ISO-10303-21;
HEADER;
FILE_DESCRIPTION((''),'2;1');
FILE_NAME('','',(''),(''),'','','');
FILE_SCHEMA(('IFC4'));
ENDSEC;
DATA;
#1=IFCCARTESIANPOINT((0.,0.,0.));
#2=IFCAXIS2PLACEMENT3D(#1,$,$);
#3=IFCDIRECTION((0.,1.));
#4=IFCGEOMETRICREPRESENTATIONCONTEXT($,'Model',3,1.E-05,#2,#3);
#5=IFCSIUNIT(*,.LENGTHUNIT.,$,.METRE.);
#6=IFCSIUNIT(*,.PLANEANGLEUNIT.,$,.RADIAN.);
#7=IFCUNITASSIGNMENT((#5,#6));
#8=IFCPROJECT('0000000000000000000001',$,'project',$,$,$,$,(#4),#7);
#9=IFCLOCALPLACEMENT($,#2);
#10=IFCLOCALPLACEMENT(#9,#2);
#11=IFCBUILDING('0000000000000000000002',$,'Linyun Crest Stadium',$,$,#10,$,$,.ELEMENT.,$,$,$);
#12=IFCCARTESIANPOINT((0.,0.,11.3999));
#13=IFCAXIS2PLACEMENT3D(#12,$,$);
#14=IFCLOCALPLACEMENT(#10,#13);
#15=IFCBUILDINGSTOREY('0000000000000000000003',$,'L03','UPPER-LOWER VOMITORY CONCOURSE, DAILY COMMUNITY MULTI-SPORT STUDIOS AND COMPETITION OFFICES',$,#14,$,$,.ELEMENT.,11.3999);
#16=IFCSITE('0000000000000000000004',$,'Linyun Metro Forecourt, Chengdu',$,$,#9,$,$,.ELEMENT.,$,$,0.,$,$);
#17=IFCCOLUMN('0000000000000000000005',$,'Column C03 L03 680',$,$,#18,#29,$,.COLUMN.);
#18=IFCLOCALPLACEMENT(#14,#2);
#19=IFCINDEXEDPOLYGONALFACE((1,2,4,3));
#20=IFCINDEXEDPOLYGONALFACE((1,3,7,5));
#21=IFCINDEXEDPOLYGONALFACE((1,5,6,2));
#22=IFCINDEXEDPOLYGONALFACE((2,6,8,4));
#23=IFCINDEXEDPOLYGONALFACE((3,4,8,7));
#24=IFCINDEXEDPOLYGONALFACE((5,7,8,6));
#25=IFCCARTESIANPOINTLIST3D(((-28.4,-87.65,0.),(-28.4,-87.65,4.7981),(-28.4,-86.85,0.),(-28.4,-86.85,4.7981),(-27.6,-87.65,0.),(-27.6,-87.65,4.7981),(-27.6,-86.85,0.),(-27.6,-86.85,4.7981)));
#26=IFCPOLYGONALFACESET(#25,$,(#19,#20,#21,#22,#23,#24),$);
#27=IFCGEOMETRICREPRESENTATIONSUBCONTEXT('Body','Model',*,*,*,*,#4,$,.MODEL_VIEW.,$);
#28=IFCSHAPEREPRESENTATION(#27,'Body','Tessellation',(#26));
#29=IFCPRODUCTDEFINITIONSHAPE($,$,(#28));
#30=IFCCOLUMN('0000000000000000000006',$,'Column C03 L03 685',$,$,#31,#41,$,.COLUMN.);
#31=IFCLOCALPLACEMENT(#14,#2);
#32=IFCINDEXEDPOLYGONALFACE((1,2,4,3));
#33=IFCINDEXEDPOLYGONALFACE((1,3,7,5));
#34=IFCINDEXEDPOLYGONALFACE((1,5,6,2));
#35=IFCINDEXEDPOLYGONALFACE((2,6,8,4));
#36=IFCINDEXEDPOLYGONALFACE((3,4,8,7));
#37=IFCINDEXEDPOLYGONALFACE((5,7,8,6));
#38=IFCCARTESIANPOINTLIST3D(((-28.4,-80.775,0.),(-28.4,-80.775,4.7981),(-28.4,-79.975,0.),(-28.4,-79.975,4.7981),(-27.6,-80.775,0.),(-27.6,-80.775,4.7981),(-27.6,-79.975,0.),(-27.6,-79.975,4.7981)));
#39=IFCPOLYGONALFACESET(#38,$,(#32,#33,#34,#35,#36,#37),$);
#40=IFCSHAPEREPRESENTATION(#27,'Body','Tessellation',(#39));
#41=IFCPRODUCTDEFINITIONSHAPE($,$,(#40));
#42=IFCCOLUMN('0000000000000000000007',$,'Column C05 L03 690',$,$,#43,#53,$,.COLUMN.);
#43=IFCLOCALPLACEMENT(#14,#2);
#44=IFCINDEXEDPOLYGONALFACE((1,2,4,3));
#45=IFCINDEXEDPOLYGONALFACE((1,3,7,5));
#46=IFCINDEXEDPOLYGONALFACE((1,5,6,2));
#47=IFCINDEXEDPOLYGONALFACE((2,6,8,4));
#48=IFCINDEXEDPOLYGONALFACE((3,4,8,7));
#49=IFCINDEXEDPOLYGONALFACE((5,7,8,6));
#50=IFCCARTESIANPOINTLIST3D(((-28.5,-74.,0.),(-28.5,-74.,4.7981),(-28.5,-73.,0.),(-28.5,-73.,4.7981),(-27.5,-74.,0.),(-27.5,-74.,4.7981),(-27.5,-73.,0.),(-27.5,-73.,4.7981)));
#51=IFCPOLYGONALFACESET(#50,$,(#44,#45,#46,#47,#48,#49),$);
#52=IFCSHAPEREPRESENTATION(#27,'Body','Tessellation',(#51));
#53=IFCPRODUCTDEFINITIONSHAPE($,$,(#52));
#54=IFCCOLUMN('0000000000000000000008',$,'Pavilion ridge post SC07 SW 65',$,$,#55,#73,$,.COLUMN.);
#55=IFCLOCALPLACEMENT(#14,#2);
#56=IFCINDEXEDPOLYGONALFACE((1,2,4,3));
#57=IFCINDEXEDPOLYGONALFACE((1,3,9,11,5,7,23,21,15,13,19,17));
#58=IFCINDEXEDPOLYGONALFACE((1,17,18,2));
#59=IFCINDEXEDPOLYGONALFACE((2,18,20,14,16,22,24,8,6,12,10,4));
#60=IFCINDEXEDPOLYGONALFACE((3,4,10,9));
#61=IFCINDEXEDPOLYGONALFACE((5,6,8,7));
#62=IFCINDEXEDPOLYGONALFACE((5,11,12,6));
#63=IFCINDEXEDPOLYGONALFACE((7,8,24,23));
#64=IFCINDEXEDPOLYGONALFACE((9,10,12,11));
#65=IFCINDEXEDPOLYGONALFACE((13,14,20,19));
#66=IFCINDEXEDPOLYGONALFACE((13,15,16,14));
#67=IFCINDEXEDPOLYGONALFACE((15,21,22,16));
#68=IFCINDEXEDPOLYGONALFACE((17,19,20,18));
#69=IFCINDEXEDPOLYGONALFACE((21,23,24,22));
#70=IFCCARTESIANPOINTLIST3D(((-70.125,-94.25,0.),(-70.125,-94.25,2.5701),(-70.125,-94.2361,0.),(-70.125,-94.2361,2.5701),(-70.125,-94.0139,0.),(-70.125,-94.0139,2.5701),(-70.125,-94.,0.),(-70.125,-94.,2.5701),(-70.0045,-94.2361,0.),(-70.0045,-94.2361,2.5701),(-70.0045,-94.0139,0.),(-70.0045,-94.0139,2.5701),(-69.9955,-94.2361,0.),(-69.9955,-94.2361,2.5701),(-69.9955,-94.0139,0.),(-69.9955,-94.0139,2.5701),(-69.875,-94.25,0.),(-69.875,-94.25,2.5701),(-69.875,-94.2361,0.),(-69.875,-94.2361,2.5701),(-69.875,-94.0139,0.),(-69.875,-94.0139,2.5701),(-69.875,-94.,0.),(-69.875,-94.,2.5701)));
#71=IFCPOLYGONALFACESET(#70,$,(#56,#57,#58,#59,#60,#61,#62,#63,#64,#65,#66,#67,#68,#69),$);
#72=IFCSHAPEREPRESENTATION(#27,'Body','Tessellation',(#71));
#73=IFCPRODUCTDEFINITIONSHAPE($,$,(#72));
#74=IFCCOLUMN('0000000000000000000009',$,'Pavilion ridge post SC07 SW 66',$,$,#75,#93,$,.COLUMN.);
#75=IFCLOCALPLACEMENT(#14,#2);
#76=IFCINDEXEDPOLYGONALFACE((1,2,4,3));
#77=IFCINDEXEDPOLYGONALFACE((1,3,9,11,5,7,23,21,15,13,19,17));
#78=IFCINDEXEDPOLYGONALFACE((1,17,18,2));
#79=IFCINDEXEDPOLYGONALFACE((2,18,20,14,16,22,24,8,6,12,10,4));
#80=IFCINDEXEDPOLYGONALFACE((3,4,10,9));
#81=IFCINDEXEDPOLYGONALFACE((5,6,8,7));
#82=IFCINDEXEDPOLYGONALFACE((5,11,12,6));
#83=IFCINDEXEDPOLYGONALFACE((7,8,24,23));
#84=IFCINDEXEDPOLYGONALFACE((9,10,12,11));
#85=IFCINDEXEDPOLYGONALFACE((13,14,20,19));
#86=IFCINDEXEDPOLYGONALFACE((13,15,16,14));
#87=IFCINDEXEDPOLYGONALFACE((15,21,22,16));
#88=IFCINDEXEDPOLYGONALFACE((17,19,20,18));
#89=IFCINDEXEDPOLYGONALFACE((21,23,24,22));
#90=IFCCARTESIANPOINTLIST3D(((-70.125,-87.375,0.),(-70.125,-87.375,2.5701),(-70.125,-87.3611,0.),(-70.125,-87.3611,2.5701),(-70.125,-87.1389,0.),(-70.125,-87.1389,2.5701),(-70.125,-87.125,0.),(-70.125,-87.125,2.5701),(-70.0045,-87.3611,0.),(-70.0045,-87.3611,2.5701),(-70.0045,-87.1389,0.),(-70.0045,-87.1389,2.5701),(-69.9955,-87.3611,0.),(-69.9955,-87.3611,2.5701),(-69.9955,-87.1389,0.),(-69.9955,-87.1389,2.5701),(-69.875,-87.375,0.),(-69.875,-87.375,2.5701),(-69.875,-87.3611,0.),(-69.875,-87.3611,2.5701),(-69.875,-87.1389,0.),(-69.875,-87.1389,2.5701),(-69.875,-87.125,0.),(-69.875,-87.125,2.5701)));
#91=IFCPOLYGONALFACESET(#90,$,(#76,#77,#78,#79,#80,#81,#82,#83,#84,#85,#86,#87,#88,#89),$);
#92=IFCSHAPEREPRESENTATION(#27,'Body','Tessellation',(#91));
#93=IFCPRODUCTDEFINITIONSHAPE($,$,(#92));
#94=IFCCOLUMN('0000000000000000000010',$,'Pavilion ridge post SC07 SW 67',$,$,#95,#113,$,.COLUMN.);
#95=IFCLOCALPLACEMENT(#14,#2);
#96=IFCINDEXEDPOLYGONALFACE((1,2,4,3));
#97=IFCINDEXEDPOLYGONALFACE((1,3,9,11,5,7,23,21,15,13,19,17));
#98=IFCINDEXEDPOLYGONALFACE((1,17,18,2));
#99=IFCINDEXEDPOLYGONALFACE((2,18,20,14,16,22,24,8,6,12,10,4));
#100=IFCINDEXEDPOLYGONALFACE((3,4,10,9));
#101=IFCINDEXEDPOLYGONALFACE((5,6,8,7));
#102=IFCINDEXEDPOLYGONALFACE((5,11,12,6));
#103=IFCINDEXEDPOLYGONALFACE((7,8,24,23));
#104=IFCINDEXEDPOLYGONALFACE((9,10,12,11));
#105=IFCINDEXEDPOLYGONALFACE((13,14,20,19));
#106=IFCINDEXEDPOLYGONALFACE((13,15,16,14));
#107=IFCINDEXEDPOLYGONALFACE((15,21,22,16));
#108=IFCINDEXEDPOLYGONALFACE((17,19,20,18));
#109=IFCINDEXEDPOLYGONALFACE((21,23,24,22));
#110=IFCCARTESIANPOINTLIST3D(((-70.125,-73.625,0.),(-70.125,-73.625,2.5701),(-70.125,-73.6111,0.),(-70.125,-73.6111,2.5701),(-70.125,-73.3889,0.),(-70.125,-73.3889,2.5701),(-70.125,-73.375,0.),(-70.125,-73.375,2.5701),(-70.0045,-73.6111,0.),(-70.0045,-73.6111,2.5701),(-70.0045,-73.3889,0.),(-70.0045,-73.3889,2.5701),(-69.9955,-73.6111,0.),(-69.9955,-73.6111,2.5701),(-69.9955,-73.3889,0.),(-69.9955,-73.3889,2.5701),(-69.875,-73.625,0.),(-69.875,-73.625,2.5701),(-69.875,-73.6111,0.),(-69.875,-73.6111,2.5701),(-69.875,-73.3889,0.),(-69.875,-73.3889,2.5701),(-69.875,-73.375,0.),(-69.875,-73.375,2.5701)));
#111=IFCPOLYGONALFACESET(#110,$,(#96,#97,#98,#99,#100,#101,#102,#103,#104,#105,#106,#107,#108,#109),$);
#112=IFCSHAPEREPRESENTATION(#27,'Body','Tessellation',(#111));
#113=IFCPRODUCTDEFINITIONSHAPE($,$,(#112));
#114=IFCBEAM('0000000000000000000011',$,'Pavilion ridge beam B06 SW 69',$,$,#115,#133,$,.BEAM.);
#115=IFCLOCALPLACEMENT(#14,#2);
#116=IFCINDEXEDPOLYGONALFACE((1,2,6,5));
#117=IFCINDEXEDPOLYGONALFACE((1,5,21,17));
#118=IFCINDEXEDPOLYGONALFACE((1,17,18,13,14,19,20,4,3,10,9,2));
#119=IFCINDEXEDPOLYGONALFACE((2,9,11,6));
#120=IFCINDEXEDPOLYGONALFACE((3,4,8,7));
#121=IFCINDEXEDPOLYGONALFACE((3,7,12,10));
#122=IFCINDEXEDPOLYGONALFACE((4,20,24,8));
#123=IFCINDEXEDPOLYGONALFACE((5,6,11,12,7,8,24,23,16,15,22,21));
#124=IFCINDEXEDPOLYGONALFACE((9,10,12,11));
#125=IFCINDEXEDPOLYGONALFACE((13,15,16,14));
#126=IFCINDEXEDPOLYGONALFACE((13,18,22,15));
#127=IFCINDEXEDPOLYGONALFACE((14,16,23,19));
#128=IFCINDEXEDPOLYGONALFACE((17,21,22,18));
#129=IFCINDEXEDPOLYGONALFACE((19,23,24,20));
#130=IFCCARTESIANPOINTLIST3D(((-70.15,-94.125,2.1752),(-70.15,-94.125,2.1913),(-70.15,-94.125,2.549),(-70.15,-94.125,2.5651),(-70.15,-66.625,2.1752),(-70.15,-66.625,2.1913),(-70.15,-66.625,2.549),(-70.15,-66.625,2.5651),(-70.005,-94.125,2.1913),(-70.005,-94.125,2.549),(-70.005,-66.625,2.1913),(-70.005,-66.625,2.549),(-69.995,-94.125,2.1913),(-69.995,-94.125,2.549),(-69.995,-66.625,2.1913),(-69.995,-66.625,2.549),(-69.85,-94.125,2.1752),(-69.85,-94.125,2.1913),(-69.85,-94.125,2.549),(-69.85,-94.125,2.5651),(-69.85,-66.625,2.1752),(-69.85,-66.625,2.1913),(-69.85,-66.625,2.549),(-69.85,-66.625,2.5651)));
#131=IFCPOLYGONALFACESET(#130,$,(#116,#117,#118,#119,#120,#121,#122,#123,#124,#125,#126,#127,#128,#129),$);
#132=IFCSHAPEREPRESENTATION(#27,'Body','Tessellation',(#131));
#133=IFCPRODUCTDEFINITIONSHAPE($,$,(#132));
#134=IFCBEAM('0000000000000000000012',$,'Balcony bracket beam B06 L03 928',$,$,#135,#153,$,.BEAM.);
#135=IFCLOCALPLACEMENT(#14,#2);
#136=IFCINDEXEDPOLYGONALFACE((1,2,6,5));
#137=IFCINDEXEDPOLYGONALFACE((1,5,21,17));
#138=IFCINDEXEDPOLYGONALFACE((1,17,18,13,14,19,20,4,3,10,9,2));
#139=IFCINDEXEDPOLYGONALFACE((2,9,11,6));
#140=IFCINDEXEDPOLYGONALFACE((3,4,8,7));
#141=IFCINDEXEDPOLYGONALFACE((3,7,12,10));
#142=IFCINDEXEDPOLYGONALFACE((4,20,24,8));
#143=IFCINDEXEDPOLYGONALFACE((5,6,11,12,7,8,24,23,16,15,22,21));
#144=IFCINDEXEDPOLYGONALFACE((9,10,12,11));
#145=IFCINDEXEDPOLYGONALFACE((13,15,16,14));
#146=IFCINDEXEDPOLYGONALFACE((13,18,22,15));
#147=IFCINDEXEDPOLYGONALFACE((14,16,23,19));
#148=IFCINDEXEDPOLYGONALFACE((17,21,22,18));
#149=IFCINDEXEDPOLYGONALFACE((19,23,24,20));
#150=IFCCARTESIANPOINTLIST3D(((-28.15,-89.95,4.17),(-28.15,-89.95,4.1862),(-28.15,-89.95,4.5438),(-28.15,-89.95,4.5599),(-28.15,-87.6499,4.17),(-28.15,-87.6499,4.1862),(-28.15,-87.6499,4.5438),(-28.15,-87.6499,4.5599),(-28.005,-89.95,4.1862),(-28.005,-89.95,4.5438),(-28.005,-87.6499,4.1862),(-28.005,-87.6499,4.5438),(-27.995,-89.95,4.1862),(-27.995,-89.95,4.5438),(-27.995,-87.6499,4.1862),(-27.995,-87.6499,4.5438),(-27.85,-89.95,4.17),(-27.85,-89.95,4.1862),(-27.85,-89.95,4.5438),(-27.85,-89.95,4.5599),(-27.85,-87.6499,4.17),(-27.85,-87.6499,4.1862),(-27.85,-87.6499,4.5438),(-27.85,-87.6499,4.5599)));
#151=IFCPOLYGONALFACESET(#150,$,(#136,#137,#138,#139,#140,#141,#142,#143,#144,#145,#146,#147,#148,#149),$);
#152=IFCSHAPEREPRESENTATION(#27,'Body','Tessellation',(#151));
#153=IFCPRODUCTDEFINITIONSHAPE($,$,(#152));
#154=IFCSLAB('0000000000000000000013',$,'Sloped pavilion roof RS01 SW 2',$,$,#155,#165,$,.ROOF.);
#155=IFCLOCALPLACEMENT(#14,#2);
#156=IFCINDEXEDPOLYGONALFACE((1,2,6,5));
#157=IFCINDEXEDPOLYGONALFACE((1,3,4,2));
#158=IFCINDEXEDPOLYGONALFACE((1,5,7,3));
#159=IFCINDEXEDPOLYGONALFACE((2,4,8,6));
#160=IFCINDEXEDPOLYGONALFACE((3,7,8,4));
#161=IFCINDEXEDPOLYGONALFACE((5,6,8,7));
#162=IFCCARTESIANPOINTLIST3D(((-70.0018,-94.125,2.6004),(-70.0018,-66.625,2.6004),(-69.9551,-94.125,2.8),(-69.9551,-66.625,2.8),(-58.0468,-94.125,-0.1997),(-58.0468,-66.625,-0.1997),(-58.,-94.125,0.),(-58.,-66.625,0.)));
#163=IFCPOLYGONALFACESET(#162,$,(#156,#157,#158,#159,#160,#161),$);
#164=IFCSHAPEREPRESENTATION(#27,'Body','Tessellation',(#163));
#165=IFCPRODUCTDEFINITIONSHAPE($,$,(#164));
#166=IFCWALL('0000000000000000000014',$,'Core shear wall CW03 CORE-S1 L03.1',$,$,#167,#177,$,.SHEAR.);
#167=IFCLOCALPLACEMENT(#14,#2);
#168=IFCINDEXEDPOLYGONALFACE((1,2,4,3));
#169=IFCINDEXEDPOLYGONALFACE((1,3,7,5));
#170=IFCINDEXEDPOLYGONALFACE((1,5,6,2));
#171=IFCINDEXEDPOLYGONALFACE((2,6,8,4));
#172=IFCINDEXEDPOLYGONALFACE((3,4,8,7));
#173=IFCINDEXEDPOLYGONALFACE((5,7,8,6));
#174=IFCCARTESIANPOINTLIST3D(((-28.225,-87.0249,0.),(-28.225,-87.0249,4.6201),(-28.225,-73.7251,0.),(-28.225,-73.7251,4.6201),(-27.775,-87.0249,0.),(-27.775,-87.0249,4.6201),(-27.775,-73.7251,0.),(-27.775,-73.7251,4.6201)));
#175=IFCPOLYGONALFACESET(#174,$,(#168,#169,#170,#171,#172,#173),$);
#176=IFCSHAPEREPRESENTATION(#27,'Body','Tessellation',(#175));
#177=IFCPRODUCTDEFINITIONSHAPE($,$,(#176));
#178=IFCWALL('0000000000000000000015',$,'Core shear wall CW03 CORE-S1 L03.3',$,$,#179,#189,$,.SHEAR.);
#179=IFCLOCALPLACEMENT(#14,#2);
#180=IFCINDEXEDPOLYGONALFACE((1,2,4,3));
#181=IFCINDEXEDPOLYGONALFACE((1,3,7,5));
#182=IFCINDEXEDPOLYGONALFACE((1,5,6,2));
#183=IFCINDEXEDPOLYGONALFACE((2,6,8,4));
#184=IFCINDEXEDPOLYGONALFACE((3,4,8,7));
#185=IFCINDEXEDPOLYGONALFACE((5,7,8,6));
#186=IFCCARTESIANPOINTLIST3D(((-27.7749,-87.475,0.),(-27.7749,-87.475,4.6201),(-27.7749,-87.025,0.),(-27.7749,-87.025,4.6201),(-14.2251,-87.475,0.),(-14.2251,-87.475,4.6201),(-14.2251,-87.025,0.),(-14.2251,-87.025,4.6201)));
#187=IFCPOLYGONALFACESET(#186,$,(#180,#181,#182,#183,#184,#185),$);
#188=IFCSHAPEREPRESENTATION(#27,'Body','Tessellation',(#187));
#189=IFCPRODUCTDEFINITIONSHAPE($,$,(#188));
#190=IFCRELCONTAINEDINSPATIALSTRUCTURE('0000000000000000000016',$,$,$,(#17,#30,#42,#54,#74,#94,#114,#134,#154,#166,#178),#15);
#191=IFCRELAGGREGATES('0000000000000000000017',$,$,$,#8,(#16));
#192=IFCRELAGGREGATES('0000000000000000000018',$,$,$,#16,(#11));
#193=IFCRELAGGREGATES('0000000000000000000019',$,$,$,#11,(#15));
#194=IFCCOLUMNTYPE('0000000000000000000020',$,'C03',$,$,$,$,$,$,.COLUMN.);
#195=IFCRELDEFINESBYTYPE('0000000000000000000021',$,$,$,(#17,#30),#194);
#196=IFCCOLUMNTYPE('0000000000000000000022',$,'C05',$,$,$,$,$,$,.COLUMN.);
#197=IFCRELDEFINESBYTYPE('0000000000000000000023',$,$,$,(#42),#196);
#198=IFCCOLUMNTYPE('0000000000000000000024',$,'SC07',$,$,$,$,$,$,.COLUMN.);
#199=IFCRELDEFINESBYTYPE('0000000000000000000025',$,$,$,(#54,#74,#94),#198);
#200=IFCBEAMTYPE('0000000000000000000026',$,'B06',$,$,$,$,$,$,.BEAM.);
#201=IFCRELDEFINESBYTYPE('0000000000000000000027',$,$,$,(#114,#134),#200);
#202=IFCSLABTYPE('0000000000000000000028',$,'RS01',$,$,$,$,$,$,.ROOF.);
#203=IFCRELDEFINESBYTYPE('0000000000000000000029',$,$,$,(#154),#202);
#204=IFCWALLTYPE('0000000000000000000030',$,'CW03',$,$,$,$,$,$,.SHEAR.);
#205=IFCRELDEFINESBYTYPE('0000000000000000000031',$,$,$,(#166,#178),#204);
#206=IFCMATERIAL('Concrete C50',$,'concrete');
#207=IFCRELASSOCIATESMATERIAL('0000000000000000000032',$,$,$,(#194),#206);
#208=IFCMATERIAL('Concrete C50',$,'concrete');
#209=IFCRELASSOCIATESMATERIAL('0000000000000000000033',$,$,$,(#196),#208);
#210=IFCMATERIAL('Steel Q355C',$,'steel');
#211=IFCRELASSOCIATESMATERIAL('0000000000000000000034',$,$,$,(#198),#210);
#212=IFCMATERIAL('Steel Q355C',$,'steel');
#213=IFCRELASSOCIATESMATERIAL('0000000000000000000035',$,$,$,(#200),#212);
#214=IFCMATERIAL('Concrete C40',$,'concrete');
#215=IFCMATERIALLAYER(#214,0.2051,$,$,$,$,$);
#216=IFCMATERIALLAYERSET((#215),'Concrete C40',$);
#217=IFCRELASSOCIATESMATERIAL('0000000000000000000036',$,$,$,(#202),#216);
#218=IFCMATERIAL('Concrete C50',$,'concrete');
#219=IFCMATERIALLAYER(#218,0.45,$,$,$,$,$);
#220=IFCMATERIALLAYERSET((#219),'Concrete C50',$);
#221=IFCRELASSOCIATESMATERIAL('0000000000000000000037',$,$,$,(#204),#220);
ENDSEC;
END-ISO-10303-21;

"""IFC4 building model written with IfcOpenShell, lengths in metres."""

from ifc_helpers import new_model, si_unit, direction, frame, frame_2d, origin, origin_2d, place, context, subcontext, project, spatial, polyline, rectangle, i_section, outline, extrude, material, layer, layer_set, material_profile, profile_set, type_object, element, save


model = new_model("IFC4")

# Units and contexts
model_context = context("Model", 3, precision=1e-05, world=origin(), true_north=direction((0.0, 1.0)))
body_context = subcontext(model_context, "Body", "Model", "MODEL_VIEW")
ifc_project = project(units=[si_unit("LENGTHUNIT", "METRE"), si_unit("PLANEANGLEUNIT", "RADIAN")], contexts=[model_context])

# Site, building, storey
site_placement = place(None, origin())
site = spatial("IfcSite", under=ifc_project, at=site_placement, Name="Linyun Metro Forecourt, Chengdu", CompositionType="ELEMENT", RefElevation=0.0)
building_placement = place(site_placement, origin())
building = spatial("IfcBuilding", under=site, at=building_placement, Name="Linyun Crest Stadium", CompositionType="ELEMENT")
storey_placement = place(building_placement, frame((0.0, 0.0, 11.3999)))
storey = spatial("IfcBuildingStorey", under=building, at=storey_placement, Name="L03", Description="UPPER-LOWER VOMITORY CONCOURSE, DAILY COMMUNITY MULTI-SPORT STUDIOS AND COMPETITION OFFICES", CompositionType="ELEMENT", Elevation=11.3999)

# Columns
ifc_material_1 = material(Name="Concrete C50", Category="concrete")
ifc_material_profile_1 = material_profile(ifc_material_1, rectangle(XDim=0.8, YDim=0.8, at=origin_2d()), Name="RC 800x800")
ifc_profile_set_1 = profile_set([ifc_material_profile_1], Name="Concrete C50")
column_type_1 = type_object("IfcColumnType", Name="C03", PredefinedType="COLUMN", material=ifc_profile_set_1)
for number, where, z_axis, x_axis, name in (
    (1, (-28.0, -87.25, 0.0), (0.0, 0.0, 1.0), (1.0, 0.0, 0.0), "Column C03 L03 680"),
    (2, (-28.0, -80.375, 0.0), (0.0, 0.0, 1.0), (1.0, 0.0, 0.0), "Column C03 L03 685"),
):
    element("IfcColumn", number, at=place(storey_placement, frame(where, z_axis=z_axis, x_axis=x_axis)), inside=storey, type_object=column_type_1, Name=name, PredefinedType="COLUMN", context=body_context, shape_type="SweptSolid", body=[
        extrude(rectangle(XDim=0.8, YDim=0.8, at=origin_2d()), origin(), (0.0, 0.0, 1.0), 4.7981),
    ])
ifc_material_2 = material(Name="Concrete C50", Category="concrete")
ifc_material_profile_2 = material_profile(ifc_material_2, rectangle(XDim=1.0, YDim=1.0, at=origin_2d()), Name="RC 1000x1000")
ifc_profile_set_2 = profile_set([ifc_material_profile_2], Name="Concrete C50")
column_type_2 = type_object("IfcColumnType", Name="C05", PredefinedType="COLUMN", material=ifc_profile_set_2)
column_placement = place(storey_placement, frame((-28.0, -73.5, 0.0), z_axis=(0.0, 0.0, 1.0), x_axis=(1.0, 0.0, 0.0)))
element("IfcColumn", 3, at=column_placement, inside=storey, type_object=column_type_2, Name="Column C05 L03 690", PredefinedType="COLUMN", context=body_context, shape_type="SweptSolid", body=[
    extrude(rectangle(XDim=1.0, YDim=1.0, at=origin_2d()), origin(), (0.0, 0.0, 1.0), 4.7981),
])
ifc_material_3 = material(Name="Steel Q355C", Category="steel")
ifc_material_profile_3 = material_profile(ifc_material_3, i_section(OverallWidth=0.25, OverallDepth=0.25, WebThickness=0.009, FlangeThickness=0.0139, at=origin_2d()), Name="HW 250x250")
ifc_profile_set_3 = profile_set([ifc_material_profile_3], Name="Steel Q355C")
column_type_3 = type_object("IfcColumnType", Name="SC07", PredefinedType="COLUMN", material=ifc_profile_set_3)
for number, where, z_axis, x_axis, name in (
    (4, (-70.0, -94.125, 0.0), (0.0, 0.0, 1.0), (1.0, 0.0, 0.0), "Pavilion ridge post SC07 SW 65"),
    (5, (-70.0, -87.25, 0.0), (0.0, 0.0, 1.0), (1.0, 0.0, 0.0), "Pavilion ridge post SC07 SW 66"),
    (6, (-70.0, -73.5, 0.0), (0.0, 0.0, 1.0), (1.0, 0.0, 0.0), "Pavilion ridge post SC07 SW 67"),
):
    element("IfcColumn", number, at=place(storey_placement, frame(where, z_axis=z_axis, x_axis=x_axis)), inside=storey, type_object=column_type_3, Name=name, PredefinedType="COLUMN", context=body_context, shape_type="SweptSolid", body=[
        extrude(i_section(OverallWidth=0.25, OverallDepth=0.25, WebThickness=0.009, FlangeThickness=0.0139, at=origin_2d()), origin(), (0.0, 0.0, 1.0), 2.5701),
    ])

# Beams
ifc_material_4 = material(Name="Steel Q355C", Category="steel")
ifc_material_profile_4 = material_profile(ifc_material_4, i_section(OverallWidth=0.3, OverallDepth=0.3899, WebThickness=0.01, FlangeThickness=0.0161, at=origin_2d()), Name="HM 390x300")
ifc_profile_set_4 = profile_set([ifc_material_profile_4], Name="Steel Q355C")
beam_type = type_object("IfcBeamType", Name="B06", PredefinedType="BEAM", material=ifc_profile_set_4)
beam_1_placement = place(storey_placement, frame((-70.0, -94.125, 2.3701), z_axis=(0.0, 1.0, 0.0), x_axis=(-1.0, 0.0, 0.0)))
element("IfcBeam", 7, at=beam_1_placement, inside=storey, type_object=beam_type, Name="Pavilion ridge beam B06 SW 69", PredefinedType="BEAM", context=body_context, shape_type="SweptSolid", body=[
    extrude(i_section(OverallWidth=0.3, OverallDepth=0.3899, WebThickness=0.01, FlangeThickness=0.0161, at=origin_2d()), origin(), (0.0, 0.0, 1.0), 27.5),
])
beam_2_placement = place(storey_placement, frame((-28.0, -89.95, 4.365), z_axis=(0.0, 1.0, 0.0), x_axis=(-1.0, 0.0, 0.0)))
element("IfcBeam", 8, at=beam_2_placement, inside=storey, type_object=beam_type, Name="Balcony bracket beam B06 L03 928", PredefinedType="BEAM", context=body_context, shape_type="SweptSolid", body=[
    extrude(i_section(OverallWidth=0.3, OverallDepth=0.3899, WebThickness=0.01, FlangeThickness=0.0161, at=origin_2d()), origin(), (0.0, 0.0, 1.0), 2.3),
])

# Slab
ifc_material_5 = material(Name="Concrete C40", Category="concrete")
ifc_layer_1 = layer(ifc_material_5, 0.2051)
ifc_layer_set_1 = layer_set([ifc_layer_1], Name="Concrete C40")
slab_type = type_object("IfcSlabType", Name="RS01", PredefinedType="ROOF", material=ifc_layer_set_1)
slab_placement = place(storey_placement, frame((-69.9551, -94.125, 2.8), z_axis=(0.228043, 0.0, 0.973651), x_axis=(0.973651, 0.0, -0.228043)))
element("IfcSlab", 9, at=slab_placement, inside=storey, type_object=slab_type, Name="Sloped pavilion roof RS01 SW 2", PredefinedType="ROOF", context=body_context, shape_type="SweptSolid", body=[
    extrude(outline(polyline([(0.0, 0.0), (12.2786, 0.0), (12.2786, 27.5), (0.0, 27.5), (0.0, 0.0)])), origin(), (0.0, 0.0, -1.0), 0.2051),
])

# Walls
ifc_material_6 = material(Name="Concrete C50", Category="concrete")
ifc_layer_2 = layer(ifc_material_6, 0.45)
ifc_layer_set_2 = layer_set([ifc_layer_2], Name="Concrete C50")
wall_type_1 = type_object("IfcWallType", Name="CW03", PredefinedType="SHEAR", material=ifc_layer_set_2)
wall_1_placement = place(storey_placement, frame((-28.0, -87.0249, 0.0), z_axis=(0.0, 0.0, 1.0), x_axis=(0.0, 1.0, 0.0)))
element("IfcWall", 10, at=wall_1_placement, inside=storey, type_object=wall_type_1, Name="Core shear wall CW03 CORE-S1 L03.1", PredefinedType="SHEAR", context=body_context, shape_type="SweptSolid", body=[
    extrude(rectangle(XDim=13.2998, YDim=0.45, at=frame_2d((6.6499, 0.0))), origin(), (0.0, 0.0, 1.0), 4.6201),
])
wall_2_placement = place(storey_placement, frame((-27.7749, -87.25, 0.0), z_axis=(0.0, 0.0, 1.0), x_axis=(1.0, 0.0, 0.0)))
element("IfcWall", 11, at=wall_2_placement, inside=storey, type_object=wall_type_1, Name="Core shear wall CW03 CORE-S1 L03.3", PredefinedType="SHEAR", context=body_context, shape_type="SweptSolid", body=[
    extrude(rectangle(XDim=13.5498, YDim=0.45, at=frame_2d((6.7749, 0.0))), origin(), (0.0, 0.0, 1.0), 4.6201),
])

save(model, "model.ifc")
